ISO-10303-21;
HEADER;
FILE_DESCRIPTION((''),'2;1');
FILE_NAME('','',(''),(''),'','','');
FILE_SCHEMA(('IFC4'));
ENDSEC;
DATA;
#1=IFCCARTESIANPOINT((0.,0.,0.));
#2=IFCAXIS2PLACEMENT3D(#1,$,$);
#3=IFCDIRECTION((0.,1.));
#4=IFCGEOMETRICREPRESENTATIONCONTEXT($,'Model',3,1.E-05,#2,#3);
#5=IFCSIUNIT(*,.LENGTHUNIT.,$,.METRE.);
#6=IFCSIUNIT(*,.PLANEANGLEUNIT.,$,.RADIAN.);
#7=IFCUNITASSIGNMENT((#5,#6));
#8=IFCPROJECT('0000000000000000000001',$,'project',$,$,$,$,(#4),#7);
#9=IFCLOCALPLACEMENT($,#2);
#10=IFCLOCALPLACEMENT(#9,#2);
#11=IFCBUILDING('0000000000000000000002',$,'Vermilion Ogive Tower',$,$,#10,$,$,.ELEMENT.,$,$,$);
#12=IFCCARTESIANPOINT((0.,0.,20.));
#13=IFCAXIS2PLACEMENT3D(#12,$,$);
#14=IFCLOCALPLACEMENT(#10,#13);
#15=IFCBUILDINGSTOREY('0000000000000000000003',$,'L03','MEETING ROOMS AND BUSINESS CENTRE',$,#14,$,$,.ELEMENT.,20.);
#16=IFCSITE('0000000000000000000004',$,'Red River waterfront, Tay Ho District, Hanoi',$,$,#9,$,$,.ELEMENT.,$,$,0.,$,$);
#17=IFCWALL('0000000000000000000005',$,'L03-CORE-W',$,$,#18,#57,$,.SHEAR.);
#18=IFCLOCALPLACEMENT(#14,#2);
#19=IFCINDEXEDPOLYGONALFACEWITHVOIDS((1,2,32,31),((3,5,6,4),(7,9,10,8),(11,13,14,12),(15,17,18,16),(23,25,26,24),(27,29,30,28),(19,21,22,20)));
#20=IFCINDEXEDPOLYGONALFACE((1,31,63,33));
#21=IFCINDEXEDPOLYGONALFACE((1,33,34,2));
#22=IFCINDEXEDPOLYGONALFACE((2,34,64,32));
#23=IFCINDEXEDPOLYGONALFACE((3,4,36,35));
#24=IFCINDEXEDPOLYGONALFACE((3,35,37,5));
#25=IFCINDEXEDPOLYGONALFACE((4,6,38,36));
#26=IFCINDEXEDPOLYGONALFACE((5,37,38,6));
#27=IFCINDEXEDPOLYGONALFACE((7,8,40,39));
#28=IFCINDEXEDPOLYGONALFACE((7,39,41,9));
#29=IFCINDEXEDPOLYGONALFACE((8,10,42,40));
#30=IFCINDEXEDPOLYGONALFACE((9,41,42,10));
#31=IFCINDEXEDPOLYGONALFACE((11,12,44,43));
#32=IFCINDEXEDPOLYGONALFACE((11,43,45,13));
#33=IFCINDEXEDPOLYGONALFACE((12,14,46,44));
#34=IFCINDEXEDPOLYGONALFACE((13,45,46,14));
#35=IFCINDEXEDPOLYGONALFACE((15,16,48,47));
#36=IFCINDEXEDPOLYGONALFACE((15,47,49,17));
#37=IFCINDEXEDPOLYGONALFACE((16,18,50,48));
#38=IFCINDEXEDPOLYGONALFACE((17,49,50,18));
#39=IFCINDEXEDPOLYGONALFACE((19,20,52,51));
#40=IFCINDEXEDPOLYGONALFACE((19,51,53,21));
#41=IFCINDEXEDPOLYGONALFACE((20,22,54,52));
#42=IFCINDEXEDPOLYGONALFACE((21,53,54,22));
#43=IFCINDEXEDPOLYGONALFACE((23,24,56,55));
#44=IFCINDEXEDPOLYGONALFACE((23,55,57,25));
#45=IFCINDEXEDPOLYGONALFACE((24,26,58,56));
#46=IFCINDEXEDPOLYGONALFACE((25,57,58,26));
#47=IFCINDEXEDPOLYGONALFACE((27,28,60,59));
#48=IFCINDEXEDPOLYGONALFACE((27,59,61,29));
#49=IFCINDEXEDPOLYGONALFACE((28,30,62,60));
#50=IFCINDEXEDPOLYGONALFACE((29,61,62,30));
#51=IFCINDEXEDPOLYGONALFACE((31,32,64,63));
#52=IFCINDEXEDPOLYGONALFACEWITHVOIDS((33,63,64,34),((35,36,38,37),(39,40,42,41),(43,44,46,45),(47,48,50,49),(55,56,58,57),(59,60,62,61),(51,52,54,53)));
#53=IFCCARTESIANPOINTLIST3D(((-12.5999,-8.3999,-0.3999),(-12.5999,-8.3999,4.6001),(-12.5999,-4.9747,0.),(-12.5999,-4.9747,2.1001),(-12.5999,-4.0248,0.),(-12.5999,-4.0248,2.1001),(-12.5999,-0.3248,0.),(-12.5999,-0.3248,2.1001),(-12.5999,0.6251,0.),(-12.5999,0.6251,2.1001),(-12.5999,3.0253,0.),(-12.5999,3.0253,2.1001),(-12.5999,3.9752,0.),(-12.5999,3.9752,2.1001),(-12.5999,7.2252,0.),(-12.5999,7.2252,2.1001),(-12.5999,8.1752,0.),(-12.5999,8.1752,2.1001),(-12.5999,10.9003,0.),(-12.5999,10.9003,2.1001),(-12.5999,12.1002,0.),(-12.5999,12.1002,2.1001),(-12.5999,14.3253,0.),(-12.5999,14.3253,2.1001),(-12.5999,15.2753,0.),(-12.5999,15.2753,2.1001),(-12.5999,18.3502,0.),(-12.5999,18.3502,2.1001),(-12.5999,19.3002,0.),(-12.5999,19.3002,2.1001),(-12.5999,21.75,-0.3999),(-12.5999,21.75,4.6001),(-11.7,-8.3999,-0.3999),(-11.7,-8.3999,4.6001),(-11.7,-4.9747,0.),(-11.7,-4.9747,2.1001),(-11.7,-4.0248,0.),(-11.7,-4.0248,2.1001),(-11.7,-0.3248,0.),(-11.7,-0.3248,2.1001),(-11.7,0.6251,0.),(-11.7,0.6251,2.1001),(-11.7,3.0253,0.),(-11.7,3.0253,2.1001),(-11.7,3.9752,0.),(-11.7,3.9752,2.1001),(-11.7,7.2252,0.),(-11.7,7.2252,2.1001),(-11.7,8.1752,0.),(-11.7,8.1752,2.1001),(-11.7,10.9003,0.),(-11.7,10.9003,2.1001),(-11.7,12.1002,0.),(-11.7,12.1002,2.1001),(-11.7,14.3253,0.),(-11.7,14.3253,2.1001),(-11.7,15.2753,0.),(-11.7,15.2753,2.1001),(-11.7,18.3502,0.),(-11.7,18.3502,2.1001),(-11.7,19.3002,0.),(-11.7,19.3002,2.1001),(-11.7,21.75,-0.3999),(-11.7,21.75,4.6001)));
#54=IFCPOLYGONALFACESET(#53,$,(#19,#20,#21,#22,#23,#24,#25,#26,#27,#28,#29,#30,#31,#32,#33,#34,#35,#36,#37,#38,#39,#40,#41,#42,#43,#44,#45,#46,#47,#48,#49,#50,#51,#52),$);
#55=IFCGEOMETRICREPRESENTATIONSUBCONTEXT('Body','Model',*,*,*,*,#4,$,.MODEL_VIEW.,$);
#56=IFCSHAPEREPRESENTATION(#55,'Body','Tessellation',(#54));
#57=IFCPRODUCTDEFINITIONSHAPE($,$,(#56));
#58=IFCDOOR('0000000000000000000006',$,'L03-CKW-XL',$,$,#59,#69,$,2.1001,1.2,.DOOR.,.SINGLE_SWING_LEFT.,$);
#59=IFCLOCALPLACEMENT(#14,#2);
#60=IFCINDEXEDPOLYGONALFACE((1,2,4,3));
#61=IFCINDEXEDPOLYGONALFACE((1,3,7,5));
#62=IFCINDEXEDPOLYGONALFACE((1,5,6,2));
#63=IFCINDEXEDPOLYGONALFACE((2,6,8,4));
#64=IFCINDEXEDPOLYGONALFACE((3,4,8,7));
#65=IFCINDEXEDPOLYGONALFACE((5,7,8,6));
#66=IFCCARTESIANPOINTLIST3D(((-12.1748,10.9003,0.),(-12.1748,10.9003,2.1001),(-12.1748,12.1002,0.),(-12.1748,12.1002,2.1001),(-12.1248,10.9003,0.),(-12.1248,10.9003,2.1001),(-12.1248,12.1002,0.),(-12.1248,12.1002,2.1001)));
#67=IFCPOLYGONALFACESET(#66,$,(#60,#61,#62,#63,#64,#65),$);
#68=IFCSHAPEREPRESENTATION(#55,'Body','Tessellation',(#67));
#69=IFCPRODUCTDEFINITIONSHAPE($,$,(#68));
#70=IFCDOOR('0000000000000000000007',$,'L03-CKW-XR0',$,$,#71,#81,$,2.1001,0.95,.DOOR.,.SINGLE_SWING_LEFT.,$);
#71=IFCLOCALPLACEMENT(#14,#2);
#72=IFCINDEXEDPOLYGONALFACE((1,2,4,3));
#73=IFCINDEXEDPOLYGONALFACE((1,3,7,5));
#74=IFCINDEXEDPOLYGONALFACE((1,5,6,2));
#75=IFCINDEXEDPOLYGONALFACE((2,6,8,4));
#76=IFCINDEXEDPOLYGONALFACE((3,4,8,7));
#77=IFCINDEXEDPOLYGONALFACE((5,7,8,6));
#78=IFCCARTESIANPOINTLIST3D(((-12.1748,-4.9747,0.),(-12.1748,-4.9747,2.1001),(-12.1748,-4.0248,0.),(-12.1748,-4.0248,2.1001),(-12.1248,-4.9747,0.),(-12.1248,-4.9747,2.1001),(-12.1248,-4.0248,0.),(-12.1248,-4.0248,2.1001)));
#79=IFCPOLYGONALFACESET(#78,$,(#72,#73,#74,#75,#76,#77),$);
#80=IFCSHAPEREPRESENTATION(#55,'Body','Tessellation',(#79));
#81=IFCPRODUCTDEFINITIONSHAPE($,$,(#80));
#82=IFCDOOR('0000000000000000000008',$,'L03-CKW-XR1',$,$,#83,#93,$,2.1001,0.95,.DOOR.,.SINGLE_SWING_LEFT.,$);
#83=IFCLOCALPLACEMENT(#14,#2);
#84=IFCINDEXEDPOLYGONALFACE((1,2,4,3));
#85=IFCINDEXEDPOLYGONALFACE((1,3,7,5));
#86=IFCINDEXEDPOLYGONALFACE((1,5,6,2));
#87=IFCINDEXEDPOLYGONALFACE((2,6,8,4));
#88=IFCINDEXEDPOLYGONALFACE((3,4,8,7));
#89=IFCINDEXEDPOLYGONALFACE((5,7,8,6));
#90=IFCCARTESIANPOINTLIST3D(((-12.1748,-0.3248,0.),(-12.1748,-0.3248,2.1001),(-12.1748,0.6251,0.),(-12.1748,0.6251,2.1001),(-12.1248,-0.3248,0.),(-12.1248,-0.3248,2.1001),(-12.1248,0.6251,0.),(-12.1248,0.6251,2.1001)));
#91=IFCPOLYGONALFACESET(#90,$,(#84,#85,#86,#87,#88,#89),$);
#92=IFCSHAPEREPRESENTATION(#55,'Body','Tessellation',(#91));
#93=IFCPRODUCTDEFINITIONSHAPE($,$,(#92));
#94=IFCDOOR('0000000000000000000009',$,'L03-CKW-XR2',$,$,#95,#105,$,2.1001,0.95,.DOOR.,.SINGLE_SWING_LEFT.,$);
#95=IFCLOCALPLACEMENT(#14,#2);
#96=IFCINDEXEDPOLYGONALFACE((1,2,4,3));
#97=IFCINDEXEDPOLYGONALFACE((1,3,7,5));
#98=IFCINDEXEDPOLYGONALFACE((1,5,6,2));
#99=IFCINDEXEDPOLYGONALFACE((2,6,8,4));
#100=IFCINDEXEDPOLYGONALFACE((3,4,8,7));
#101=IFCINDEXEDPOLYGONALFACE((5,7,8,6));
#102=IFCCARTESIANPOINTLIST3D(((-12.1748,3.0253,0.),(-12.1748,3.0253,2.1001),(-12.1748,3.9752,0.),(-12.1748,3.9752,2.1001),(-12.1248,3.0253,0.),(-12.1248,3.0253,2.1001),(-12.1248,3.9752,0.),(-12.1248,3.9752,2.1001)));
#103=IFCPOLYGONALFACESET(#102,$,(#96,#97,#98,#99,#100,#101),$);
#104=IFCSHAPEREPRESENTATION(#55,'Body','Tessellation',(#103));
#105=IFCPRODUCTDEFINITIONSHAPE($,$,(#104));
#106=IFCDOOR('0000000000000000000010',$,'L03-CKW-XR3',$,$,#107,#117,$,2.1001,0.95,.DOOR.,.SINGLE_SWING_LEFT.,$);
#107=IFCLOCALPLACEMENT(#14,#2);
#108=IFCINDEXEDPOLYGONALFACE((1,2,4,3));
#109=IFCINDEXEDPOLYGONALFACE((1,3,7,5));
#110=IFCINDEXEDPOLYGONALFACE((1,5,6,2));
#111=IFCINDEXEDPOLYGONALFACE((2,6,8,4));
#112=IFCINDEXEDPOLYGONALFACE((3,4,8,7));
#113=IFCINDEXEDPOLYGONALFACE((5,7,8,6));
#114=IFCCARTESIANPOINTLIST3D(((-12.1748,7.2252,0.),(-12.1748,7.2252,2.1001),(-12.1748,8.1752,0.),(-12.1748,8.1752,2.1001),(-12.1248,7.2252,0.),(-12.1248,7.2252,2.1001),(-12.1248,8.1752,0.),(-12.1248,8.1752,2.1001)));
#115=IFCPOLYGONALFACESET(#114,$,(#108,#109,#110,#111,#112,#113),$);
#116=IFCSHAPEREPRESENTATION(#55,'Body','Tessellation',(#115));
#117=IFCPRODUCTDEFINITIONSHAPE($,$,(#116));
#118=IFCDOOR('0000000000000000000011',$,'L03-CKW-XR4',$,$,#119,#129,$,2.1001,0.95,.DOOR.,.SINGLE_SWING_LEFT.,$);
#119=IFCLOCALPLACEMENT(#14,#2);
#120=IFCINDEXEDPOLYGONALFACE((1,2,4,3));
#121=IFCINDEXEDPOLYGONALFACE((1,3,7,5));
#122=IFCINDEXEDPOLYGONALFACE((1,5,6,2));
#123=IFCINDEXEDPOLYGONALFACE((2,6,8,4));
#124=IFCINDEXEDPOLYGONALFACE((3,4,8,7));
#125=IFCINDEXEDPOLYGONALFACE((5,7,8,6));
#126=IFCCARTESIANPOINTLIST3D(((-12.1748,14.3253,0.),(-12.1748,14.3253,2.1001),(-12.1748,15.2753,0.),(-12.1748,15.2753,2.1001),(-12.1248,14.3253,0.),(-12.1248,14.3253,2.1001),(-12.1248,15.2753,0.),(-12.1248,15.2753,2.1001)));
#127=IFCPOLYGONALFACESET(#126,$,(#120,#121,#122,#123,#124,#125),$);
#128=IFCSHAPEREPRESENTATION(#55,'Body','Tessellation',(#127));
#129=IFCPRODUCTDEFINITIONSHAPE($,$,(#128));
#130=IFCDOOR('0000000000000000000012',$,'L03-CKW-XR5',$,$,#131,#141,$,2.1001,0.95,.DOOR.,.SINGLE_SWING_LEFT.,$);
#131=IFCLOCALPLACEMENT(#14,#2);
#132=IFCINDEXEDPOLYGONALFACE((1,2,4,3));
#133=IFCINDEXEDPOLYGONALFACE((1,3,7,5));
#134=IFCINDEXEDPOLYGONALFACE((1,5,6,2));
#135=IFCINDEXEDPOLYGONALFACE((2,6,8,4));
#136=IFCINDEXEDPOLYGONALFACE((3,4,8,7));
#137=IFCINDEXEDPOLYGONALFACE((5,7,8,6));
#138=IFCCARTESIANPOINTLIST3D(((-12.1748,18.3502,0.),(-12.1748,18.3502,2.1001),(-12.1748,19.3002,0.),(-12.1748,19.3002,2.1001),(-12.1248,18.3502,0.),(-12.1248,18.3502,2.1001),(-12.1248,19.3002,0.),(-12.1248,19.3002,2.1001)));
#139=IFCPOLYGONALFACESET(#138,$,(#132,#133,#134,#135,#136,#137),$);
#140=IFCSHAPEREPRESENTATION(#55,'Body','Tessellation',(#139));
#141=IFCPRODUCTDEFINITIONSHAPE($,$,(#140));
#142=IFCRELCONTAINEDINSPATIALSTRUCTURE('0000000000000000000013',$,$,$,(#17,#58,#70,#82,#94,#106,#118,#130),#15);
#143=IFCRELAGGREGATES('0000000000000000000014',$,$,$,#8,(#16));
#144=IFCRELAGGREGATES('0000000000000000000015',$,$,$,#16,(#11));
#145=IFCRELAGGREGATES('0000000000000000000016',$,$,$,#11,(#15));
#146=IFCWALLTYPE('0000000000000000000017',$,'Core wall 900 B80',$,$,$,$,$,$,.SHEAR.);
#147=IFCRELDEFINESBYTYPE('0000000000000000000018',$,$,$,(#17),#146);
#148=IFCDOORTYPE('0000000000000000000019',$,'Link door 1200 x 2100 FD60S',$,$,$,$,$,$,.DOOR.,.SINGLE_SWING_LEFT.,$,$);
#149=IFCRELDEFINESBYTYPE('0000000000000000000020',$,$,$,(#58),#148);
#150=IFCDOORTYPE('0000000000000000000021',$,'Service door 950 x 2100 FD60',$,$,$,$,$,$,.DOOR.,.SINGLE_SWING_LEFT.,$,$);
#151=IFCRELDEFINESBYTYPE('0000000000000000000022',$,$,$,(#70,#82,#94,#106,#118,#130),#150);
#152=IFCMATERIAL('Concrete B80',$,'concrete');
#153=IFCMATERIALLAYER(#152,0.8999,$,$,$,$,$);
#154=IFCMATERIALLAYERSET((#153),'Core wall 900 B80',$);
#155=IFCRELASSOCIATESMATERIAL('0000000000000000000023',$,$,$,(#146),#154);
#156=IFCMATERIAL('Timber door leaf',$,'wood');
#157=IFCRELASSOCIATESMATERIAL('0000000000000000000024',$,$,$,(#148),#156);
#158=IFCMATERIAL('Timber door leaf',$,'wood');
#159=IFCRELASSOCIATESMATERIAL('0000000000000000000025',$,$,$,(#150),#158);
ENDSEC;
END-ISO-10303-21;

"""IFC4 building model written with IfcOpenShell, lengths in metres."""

from ifc_helpers import new_model, si_unit, direction, frame, frame_2d, origin, place, context, subcontext, project, spatial, rectangle, extrude, material, layer, layer_set, type_object, element, fill, save


model = new_model("IFC4")

# Units and contexts
model_context = context("Model", 3, precision=1e-05, world=origin(), true_north=direction((0.0, 1.0)))
body_context = subcontext(model_context, "Body", "Model", "MODEL_VIEW")
ifc_project = project(units=[si_unit("LENGTHUNIT", "METRE"), si_unit("PLANEANGLEUNIT", "RADIAN")], contexts=[model_context])

# Site, building, storey
site_placement = place(None, origin())
site = spatial("IfcSite", under=ifc_project, at=site_placement, Name="Red River waterfront, Tay Ho District, Hanoi", CompositionType="ELEMENT", RefElevation=0.0)
building_placement = place(site_placement, origin())
building = spatial("IfcBuilding", under=site, at=building_placement, Name="Vermilion Ogive Tower", CompositionType="ELEMENT")
storey_placement = place(building_placement, frame((0.0, 0.0, 20.0)))
storey = spatial("IfcBuildingStorey", under=building, at=storey_placement, Name="L03", Description="MEETING ROOMS AND BUSINESS CENTRE", CompositionType="ELEMENT", Elevation=20.0)

# Wall, openings, doors
ifc_material_1 = material(Name="Concrete B80", Category="concrete")
ifc_layer_1 = layer(ifc_material_1, 0.8999)
ifc_layer_set_1 = layer_set([ifc_layer_1], Name="Core wall 900 B80")
wall_type_1 = type_object("IfcWallType", Name="Core wall 900 B80", PredefinedType="SHEAR", material=ifc_layer_set_1)
wall_1_placement = place(storey_placement, frame((-12.1499, -8.3999, -0.3999), z_axis=(0.0, 0.0, 1.0), x_axis=(0.0, 1.0, 0.0)))
wall_1 = element("IfcWall", 1, at=wall_1_placement, inside=storey, type_object=wall_type_1, Name="L03-CORE-W", PredefinedType="SHEAR", context=body_context, shape_type="SweptSolid", body=[
    extrude(rectangle(XDim=30.1499, YDim=0.8999, at=frame_2d((15.075, 0.0))), origin(), (0.0, 0.0, 1.0), 5.0),
])
opening_1_placement = place(wall_1_placement, frame((3.425, 0.0, 0.3999)))
opening_1 = element("IfcOpeningElement", 2, at=opening_1_placement, cuts=wall_1, PredefinedType="OPENING", context=body_context, shape_type="SweptSolid", body=[
    extrude(rectangle(XDim=0.95, YDim=2.1001, at=frame_2d((0.4751, 1.05))), frame((0.0, 0.46, 0.0), z_axis=(0.0, -1.0, 0.0), x_axis=(1.0, 0.0, 0.0)), (0.0, 0.0, 1.0), 0.9199),
])
opening_2_placement = place(wall_1_placement, frame((8.075, 0.0, 0.3999)))
opening_2 = element("IfcOpeningElement", 3, at=opening_2_placement, cuts=wall_1, PredefinedType="OPENING", context=body_context, shape_type="SweptSolid", body=[
    extrude(rectangle(XDim=0.95, YDim=2.1001, at=frame_2d((0.4751, 1.05))), frame((0.0, 0.46, 0.0), z_axis=(0.0, -1.0, 0.0), x_axis=(1.0, 0.0, 0.0)), (0.0, 0.0, 1.0), 0.9199),
])
opening_3_placement = place(wall_1_placement, frame((11.425, 0.0, 0.3999)))
opening_3 = element("IfcOpeningElement", 4, at=opening_3_placement, cuts=wall_1, PredefinedType="OPENING", context=body_context, shape_type="SweptSolid", body=[
    extrude(rectangle(XDim=0.95, YDim=2.1001, at=frame_2d((0.4751, 1.05))), frame((0.0, 0.46, 0.0), z_axis=(0.0, -1.0, 0.0), x_axis=(1.0, 0.0, 0.0)), (0.0, 0.0, 1.0), 0.9199),
])
opening_4_placement = place(wall_1_placement, frame((15.625, 0.0, 0.3999)))
opening_4 = element("IfcOpeningElement", 5, at=opening_4_placement, cuts=wall_1, PredefinedType="OPENING", context=body_context, shape_type="SweptSolid", body=[
    extrude(rectangle(XDim=0.95, YDim=2.1001, at=frame_2d((0.4751, 1.05))), frame((0.0, 0.46, 0.0), z_axis=(0.0, -1.0, 0.0), x_axis=(1.0, 0.0, 0.0)), (0.0, 0.0, 1.0), 0.9199),
])
opening_5_placement = place(wall_1_placement, frame((22.7251, 0.0, 0.3999)))
opening_5 = element("IfcOpeningElement", 6, at=opening_5_placement, cuts=wall_1, PredefinedType="OPENING", context=body_context, shape_type="SweptSolid", body=[
    extrude(rectangle(XDim=0.95, YDim=2.1001, at=frame_2d((0.4751, 1.05))), frame((0.0, 0.46, 0.0), z_axis=(0.0, -1.0, 0.0), x_axis=(1.0, 0.0, 0.0)), (0.0, 0.0, 1.0), 0.9199),
])
opening_6_placement = place(wall_1_placement, frame((26.75, 0.0, 0.3999)))
opening_6 = element("IfcOpeningElement", 7, at=opening_6_placement, cuts=wall_1, PredefinedType="OPENING", context=body_context, shape_type="SweptSolid", body=[
    extrude(rectangle(XDim=0.95, YDim=2.1001, at=frame_2d((0.4751, 1.05))), frame((0.0, 0.46, 0.0), z_axis=(0.0, -1.0, 0.0), x_axis=(1.0, 0.0, 0.0)), (0.0, 0.0, 1.0), 0.9199),
])
opening_7_placement = place(wall_1_placement, frame((19.3, 0.0, 0.3999)))
opening_7 = element("IfcOpeningElement", 8, at=opening_7_placement, cuts=wall_1, PredefinedType="OPENING", context=body_context, shape_type="SweptSolid", body=[
    extrude(rectangle(XDim=1.2, YDim=2.1001, at=frame_2d((0.6001, 1.05))), frame((0.0, 0.46, 0.0), z_axis=(0.0, -1.0, 0.0), x_axis=(1.0, 0.0, 0.0)), (0.0, 0.0, 1.0), 0.9199),
])
ifc_material_2 = material(Name="Timber door leaf", Category="wood")
door_type_1 = type_object("IfcDoorType", Name="Link door 1200 x 2100 FD60S", OperationType="SINGLE_SWING_LEFT", PredefinedType="DOOR", material=ifc_material_2)
door_1_placement = place(opening_7_placement, origin())
door_1 = element("IfcDoor", 9, at=door_1_placement, inside=storey, type_object=door_type_1, Name="L03-CKW-XL", OperationType="SINGLE_SWING_LEFT", OverallHeight=2.1001, OverallWidth=1.2, PredefinedType="DOOR", context=body_context, shape_type="SweptSolid", body=[
    extrude(rectangle(XDim=1.2, YDim=2.1001, at=frame_2d((0.6001, 1.05))), frame((0.0, 0.0249, 0.0), z_axis=(0.0, -1.0, 0.0), x_axis=(1.0, 0.0, 0.0)), (0.0, 0.0, 1.0), 0.05),
])
fill(opening_7, door_1)
ifc_material_3 = material(Name="Timber door leaf", Category="wood")
door_type_2 = type_object("IfcDoorType", Name="Service door 950 x 2100 FD60", OperationType="SINGLE_SWING_LEFT", PredefinedType="DOOR", material=ifc_material_3)
door_2_placement = place(opening_1_placement, origin())
door_2 = element("IfcDoor", 10, at=door_2_placement, inside=storey, type_object=door_type_2, Name="L03-CKW-XR0", OperationType="SINGLE_SWING_LEFT", OverallHeight=2.1001, OverallWidth=0.95, PredefinedType="DOOR", context=body_context, shape_type="SweptSolid", body=[
    extrude(rectangle(XDim=0.95, YDim=2.1001, at=frame_2d((0.4751, 1.05))), frame((0.0, 0.0249, 0.0), z_axis=(0.0, -1.0, 0.0), x_axis=(1.0, 0.0, 0.0)), (0.0, 0.0, 1.0), 0.05),
])
fill(opening_1, door_2)
door_3_placement = place(opening_2_placement, origin())
door_3 = element("IfcDoor", 11, at=door_3_placement, inside=storey, type_object=door_type_2, Name="L03-CKW-XR1", OperationType="SINGLE_SWING_LEFT", OverallHeight=2.1001, OverallWidth=0.95, PredefinedType="DOOR", context=body_context, shape_type="SweptSolid", body=[
    extrude(rectangle(XDim=0.95, YDim=2.1001, at=frame_2d((0.4751, 1.05))), frame((0.0, 0.0249, 0.0), z_axis=(0.0, -1.0, 0.0), x_axis=(1.0, 0.0, 0.0)), (0.0, 0.0, 1.0), 0.05),
])
fill(opening_2, door_3)
door_4_placement = place(opening_3_placement, origin())
door_4 = element("IfcDoor", 12, at=door_4_placement, inside=storey, type_object=door_type_2, Name="L03-CKW-XR2", OperationType="SINGLE_SWING_LEFT", OverallHeight=2.1001, OverallWidth=0.95, PredefinedType="DOOR", context=body_context, shape_type="SweptSolid", body=[
    extrude(rectangle(XDim=0.95, YDim=2.1001, at=frame_2d((0.4751, 1.05))), frame((0.0, 0.0249, 0.0), z_axis=(0.0, -1.0, 0.0), x_axis=(1.0, 0.0, 0.0)), (0.0, 0.0, 1.0), 0.05),
])
fill(opening_3, door_4)
door_5_placement = place(opening_4_placement, origin())
door_5 = element("IfcDoor", 13, at=door_5_placement, inside=storey, type_object=door_type_2, Name="L03-CKW-XR3", OperationType="SINGLE_SWING_LEFT", OverallHeight=2.1001, OverallWidth=0.95, PredefinedType="DOOR", context=body_context, shape_type="SweptSolid", body=[
    extrude(rectangle(XDim=0.95, YDim=2.1001, at=frame_2d((0.4751, 1.05))), frame((0.0, 0.0249, 0.0), z_axis=(0.0, -1.0, 0.0), x_axis=(1.0, 0.0, 0.0)), (0.0, 0.0, 1.0), 0.05),
])
fill(opening_4, door_5)
door_6_placement = place(opening_5_placement, origin())
door_6 = element("IfcDoor", 14, at=door_6_placement, inside=storey, type_object=door_type_2, Name="L03-CKW-XR4", OperationType="SINGLE_SWING_LEFT", OverallHeight=2.1001, OverallWidth=0.95, PredefinedType="DOOR", context=body_context, shape_type="SweptSolid", body=[
    extrude(rectangle(XDim=0.95, YDim=2.1001, at=frame_2d((0.4751, 1.05))), frame((0.0, 0.0249, 0.0), z_axis=(0.0, -1.0, 0.0), x_axis=(1.0, 0.0, 0.0)), (0.0, 0.0, 1.0), 0.05),
])
fill(opening_5, door_6)
door_7_placement = place(opening_6_placement, origin())
door_7 = element("IfcDoor", 15, at=door_7_placement, inside=storey, type_object=door_type_2, Name="L03-CKW-XR5", OperationType="SINGLE_SWING_LEFT", OverallHeight=2.1001, OverallWidth=0.95, PredefinedType="DOOR", context=body_context, shape_type="SweptSolid", body=[
    extrude(rectangle(XDim=0.95, YDim=2.1001, at=frame_2d((0.4751, 1.05))), frame((0.0, 0.0249, 0.0), z_axis=(0.0, -1.0, 0.0), x_axis=(1.0, 0.0, 0.0)), (0.0, 0.0, 1.0), 0.05),
])
fill(opening_6, door_7)

save(model, "model.ifc")
